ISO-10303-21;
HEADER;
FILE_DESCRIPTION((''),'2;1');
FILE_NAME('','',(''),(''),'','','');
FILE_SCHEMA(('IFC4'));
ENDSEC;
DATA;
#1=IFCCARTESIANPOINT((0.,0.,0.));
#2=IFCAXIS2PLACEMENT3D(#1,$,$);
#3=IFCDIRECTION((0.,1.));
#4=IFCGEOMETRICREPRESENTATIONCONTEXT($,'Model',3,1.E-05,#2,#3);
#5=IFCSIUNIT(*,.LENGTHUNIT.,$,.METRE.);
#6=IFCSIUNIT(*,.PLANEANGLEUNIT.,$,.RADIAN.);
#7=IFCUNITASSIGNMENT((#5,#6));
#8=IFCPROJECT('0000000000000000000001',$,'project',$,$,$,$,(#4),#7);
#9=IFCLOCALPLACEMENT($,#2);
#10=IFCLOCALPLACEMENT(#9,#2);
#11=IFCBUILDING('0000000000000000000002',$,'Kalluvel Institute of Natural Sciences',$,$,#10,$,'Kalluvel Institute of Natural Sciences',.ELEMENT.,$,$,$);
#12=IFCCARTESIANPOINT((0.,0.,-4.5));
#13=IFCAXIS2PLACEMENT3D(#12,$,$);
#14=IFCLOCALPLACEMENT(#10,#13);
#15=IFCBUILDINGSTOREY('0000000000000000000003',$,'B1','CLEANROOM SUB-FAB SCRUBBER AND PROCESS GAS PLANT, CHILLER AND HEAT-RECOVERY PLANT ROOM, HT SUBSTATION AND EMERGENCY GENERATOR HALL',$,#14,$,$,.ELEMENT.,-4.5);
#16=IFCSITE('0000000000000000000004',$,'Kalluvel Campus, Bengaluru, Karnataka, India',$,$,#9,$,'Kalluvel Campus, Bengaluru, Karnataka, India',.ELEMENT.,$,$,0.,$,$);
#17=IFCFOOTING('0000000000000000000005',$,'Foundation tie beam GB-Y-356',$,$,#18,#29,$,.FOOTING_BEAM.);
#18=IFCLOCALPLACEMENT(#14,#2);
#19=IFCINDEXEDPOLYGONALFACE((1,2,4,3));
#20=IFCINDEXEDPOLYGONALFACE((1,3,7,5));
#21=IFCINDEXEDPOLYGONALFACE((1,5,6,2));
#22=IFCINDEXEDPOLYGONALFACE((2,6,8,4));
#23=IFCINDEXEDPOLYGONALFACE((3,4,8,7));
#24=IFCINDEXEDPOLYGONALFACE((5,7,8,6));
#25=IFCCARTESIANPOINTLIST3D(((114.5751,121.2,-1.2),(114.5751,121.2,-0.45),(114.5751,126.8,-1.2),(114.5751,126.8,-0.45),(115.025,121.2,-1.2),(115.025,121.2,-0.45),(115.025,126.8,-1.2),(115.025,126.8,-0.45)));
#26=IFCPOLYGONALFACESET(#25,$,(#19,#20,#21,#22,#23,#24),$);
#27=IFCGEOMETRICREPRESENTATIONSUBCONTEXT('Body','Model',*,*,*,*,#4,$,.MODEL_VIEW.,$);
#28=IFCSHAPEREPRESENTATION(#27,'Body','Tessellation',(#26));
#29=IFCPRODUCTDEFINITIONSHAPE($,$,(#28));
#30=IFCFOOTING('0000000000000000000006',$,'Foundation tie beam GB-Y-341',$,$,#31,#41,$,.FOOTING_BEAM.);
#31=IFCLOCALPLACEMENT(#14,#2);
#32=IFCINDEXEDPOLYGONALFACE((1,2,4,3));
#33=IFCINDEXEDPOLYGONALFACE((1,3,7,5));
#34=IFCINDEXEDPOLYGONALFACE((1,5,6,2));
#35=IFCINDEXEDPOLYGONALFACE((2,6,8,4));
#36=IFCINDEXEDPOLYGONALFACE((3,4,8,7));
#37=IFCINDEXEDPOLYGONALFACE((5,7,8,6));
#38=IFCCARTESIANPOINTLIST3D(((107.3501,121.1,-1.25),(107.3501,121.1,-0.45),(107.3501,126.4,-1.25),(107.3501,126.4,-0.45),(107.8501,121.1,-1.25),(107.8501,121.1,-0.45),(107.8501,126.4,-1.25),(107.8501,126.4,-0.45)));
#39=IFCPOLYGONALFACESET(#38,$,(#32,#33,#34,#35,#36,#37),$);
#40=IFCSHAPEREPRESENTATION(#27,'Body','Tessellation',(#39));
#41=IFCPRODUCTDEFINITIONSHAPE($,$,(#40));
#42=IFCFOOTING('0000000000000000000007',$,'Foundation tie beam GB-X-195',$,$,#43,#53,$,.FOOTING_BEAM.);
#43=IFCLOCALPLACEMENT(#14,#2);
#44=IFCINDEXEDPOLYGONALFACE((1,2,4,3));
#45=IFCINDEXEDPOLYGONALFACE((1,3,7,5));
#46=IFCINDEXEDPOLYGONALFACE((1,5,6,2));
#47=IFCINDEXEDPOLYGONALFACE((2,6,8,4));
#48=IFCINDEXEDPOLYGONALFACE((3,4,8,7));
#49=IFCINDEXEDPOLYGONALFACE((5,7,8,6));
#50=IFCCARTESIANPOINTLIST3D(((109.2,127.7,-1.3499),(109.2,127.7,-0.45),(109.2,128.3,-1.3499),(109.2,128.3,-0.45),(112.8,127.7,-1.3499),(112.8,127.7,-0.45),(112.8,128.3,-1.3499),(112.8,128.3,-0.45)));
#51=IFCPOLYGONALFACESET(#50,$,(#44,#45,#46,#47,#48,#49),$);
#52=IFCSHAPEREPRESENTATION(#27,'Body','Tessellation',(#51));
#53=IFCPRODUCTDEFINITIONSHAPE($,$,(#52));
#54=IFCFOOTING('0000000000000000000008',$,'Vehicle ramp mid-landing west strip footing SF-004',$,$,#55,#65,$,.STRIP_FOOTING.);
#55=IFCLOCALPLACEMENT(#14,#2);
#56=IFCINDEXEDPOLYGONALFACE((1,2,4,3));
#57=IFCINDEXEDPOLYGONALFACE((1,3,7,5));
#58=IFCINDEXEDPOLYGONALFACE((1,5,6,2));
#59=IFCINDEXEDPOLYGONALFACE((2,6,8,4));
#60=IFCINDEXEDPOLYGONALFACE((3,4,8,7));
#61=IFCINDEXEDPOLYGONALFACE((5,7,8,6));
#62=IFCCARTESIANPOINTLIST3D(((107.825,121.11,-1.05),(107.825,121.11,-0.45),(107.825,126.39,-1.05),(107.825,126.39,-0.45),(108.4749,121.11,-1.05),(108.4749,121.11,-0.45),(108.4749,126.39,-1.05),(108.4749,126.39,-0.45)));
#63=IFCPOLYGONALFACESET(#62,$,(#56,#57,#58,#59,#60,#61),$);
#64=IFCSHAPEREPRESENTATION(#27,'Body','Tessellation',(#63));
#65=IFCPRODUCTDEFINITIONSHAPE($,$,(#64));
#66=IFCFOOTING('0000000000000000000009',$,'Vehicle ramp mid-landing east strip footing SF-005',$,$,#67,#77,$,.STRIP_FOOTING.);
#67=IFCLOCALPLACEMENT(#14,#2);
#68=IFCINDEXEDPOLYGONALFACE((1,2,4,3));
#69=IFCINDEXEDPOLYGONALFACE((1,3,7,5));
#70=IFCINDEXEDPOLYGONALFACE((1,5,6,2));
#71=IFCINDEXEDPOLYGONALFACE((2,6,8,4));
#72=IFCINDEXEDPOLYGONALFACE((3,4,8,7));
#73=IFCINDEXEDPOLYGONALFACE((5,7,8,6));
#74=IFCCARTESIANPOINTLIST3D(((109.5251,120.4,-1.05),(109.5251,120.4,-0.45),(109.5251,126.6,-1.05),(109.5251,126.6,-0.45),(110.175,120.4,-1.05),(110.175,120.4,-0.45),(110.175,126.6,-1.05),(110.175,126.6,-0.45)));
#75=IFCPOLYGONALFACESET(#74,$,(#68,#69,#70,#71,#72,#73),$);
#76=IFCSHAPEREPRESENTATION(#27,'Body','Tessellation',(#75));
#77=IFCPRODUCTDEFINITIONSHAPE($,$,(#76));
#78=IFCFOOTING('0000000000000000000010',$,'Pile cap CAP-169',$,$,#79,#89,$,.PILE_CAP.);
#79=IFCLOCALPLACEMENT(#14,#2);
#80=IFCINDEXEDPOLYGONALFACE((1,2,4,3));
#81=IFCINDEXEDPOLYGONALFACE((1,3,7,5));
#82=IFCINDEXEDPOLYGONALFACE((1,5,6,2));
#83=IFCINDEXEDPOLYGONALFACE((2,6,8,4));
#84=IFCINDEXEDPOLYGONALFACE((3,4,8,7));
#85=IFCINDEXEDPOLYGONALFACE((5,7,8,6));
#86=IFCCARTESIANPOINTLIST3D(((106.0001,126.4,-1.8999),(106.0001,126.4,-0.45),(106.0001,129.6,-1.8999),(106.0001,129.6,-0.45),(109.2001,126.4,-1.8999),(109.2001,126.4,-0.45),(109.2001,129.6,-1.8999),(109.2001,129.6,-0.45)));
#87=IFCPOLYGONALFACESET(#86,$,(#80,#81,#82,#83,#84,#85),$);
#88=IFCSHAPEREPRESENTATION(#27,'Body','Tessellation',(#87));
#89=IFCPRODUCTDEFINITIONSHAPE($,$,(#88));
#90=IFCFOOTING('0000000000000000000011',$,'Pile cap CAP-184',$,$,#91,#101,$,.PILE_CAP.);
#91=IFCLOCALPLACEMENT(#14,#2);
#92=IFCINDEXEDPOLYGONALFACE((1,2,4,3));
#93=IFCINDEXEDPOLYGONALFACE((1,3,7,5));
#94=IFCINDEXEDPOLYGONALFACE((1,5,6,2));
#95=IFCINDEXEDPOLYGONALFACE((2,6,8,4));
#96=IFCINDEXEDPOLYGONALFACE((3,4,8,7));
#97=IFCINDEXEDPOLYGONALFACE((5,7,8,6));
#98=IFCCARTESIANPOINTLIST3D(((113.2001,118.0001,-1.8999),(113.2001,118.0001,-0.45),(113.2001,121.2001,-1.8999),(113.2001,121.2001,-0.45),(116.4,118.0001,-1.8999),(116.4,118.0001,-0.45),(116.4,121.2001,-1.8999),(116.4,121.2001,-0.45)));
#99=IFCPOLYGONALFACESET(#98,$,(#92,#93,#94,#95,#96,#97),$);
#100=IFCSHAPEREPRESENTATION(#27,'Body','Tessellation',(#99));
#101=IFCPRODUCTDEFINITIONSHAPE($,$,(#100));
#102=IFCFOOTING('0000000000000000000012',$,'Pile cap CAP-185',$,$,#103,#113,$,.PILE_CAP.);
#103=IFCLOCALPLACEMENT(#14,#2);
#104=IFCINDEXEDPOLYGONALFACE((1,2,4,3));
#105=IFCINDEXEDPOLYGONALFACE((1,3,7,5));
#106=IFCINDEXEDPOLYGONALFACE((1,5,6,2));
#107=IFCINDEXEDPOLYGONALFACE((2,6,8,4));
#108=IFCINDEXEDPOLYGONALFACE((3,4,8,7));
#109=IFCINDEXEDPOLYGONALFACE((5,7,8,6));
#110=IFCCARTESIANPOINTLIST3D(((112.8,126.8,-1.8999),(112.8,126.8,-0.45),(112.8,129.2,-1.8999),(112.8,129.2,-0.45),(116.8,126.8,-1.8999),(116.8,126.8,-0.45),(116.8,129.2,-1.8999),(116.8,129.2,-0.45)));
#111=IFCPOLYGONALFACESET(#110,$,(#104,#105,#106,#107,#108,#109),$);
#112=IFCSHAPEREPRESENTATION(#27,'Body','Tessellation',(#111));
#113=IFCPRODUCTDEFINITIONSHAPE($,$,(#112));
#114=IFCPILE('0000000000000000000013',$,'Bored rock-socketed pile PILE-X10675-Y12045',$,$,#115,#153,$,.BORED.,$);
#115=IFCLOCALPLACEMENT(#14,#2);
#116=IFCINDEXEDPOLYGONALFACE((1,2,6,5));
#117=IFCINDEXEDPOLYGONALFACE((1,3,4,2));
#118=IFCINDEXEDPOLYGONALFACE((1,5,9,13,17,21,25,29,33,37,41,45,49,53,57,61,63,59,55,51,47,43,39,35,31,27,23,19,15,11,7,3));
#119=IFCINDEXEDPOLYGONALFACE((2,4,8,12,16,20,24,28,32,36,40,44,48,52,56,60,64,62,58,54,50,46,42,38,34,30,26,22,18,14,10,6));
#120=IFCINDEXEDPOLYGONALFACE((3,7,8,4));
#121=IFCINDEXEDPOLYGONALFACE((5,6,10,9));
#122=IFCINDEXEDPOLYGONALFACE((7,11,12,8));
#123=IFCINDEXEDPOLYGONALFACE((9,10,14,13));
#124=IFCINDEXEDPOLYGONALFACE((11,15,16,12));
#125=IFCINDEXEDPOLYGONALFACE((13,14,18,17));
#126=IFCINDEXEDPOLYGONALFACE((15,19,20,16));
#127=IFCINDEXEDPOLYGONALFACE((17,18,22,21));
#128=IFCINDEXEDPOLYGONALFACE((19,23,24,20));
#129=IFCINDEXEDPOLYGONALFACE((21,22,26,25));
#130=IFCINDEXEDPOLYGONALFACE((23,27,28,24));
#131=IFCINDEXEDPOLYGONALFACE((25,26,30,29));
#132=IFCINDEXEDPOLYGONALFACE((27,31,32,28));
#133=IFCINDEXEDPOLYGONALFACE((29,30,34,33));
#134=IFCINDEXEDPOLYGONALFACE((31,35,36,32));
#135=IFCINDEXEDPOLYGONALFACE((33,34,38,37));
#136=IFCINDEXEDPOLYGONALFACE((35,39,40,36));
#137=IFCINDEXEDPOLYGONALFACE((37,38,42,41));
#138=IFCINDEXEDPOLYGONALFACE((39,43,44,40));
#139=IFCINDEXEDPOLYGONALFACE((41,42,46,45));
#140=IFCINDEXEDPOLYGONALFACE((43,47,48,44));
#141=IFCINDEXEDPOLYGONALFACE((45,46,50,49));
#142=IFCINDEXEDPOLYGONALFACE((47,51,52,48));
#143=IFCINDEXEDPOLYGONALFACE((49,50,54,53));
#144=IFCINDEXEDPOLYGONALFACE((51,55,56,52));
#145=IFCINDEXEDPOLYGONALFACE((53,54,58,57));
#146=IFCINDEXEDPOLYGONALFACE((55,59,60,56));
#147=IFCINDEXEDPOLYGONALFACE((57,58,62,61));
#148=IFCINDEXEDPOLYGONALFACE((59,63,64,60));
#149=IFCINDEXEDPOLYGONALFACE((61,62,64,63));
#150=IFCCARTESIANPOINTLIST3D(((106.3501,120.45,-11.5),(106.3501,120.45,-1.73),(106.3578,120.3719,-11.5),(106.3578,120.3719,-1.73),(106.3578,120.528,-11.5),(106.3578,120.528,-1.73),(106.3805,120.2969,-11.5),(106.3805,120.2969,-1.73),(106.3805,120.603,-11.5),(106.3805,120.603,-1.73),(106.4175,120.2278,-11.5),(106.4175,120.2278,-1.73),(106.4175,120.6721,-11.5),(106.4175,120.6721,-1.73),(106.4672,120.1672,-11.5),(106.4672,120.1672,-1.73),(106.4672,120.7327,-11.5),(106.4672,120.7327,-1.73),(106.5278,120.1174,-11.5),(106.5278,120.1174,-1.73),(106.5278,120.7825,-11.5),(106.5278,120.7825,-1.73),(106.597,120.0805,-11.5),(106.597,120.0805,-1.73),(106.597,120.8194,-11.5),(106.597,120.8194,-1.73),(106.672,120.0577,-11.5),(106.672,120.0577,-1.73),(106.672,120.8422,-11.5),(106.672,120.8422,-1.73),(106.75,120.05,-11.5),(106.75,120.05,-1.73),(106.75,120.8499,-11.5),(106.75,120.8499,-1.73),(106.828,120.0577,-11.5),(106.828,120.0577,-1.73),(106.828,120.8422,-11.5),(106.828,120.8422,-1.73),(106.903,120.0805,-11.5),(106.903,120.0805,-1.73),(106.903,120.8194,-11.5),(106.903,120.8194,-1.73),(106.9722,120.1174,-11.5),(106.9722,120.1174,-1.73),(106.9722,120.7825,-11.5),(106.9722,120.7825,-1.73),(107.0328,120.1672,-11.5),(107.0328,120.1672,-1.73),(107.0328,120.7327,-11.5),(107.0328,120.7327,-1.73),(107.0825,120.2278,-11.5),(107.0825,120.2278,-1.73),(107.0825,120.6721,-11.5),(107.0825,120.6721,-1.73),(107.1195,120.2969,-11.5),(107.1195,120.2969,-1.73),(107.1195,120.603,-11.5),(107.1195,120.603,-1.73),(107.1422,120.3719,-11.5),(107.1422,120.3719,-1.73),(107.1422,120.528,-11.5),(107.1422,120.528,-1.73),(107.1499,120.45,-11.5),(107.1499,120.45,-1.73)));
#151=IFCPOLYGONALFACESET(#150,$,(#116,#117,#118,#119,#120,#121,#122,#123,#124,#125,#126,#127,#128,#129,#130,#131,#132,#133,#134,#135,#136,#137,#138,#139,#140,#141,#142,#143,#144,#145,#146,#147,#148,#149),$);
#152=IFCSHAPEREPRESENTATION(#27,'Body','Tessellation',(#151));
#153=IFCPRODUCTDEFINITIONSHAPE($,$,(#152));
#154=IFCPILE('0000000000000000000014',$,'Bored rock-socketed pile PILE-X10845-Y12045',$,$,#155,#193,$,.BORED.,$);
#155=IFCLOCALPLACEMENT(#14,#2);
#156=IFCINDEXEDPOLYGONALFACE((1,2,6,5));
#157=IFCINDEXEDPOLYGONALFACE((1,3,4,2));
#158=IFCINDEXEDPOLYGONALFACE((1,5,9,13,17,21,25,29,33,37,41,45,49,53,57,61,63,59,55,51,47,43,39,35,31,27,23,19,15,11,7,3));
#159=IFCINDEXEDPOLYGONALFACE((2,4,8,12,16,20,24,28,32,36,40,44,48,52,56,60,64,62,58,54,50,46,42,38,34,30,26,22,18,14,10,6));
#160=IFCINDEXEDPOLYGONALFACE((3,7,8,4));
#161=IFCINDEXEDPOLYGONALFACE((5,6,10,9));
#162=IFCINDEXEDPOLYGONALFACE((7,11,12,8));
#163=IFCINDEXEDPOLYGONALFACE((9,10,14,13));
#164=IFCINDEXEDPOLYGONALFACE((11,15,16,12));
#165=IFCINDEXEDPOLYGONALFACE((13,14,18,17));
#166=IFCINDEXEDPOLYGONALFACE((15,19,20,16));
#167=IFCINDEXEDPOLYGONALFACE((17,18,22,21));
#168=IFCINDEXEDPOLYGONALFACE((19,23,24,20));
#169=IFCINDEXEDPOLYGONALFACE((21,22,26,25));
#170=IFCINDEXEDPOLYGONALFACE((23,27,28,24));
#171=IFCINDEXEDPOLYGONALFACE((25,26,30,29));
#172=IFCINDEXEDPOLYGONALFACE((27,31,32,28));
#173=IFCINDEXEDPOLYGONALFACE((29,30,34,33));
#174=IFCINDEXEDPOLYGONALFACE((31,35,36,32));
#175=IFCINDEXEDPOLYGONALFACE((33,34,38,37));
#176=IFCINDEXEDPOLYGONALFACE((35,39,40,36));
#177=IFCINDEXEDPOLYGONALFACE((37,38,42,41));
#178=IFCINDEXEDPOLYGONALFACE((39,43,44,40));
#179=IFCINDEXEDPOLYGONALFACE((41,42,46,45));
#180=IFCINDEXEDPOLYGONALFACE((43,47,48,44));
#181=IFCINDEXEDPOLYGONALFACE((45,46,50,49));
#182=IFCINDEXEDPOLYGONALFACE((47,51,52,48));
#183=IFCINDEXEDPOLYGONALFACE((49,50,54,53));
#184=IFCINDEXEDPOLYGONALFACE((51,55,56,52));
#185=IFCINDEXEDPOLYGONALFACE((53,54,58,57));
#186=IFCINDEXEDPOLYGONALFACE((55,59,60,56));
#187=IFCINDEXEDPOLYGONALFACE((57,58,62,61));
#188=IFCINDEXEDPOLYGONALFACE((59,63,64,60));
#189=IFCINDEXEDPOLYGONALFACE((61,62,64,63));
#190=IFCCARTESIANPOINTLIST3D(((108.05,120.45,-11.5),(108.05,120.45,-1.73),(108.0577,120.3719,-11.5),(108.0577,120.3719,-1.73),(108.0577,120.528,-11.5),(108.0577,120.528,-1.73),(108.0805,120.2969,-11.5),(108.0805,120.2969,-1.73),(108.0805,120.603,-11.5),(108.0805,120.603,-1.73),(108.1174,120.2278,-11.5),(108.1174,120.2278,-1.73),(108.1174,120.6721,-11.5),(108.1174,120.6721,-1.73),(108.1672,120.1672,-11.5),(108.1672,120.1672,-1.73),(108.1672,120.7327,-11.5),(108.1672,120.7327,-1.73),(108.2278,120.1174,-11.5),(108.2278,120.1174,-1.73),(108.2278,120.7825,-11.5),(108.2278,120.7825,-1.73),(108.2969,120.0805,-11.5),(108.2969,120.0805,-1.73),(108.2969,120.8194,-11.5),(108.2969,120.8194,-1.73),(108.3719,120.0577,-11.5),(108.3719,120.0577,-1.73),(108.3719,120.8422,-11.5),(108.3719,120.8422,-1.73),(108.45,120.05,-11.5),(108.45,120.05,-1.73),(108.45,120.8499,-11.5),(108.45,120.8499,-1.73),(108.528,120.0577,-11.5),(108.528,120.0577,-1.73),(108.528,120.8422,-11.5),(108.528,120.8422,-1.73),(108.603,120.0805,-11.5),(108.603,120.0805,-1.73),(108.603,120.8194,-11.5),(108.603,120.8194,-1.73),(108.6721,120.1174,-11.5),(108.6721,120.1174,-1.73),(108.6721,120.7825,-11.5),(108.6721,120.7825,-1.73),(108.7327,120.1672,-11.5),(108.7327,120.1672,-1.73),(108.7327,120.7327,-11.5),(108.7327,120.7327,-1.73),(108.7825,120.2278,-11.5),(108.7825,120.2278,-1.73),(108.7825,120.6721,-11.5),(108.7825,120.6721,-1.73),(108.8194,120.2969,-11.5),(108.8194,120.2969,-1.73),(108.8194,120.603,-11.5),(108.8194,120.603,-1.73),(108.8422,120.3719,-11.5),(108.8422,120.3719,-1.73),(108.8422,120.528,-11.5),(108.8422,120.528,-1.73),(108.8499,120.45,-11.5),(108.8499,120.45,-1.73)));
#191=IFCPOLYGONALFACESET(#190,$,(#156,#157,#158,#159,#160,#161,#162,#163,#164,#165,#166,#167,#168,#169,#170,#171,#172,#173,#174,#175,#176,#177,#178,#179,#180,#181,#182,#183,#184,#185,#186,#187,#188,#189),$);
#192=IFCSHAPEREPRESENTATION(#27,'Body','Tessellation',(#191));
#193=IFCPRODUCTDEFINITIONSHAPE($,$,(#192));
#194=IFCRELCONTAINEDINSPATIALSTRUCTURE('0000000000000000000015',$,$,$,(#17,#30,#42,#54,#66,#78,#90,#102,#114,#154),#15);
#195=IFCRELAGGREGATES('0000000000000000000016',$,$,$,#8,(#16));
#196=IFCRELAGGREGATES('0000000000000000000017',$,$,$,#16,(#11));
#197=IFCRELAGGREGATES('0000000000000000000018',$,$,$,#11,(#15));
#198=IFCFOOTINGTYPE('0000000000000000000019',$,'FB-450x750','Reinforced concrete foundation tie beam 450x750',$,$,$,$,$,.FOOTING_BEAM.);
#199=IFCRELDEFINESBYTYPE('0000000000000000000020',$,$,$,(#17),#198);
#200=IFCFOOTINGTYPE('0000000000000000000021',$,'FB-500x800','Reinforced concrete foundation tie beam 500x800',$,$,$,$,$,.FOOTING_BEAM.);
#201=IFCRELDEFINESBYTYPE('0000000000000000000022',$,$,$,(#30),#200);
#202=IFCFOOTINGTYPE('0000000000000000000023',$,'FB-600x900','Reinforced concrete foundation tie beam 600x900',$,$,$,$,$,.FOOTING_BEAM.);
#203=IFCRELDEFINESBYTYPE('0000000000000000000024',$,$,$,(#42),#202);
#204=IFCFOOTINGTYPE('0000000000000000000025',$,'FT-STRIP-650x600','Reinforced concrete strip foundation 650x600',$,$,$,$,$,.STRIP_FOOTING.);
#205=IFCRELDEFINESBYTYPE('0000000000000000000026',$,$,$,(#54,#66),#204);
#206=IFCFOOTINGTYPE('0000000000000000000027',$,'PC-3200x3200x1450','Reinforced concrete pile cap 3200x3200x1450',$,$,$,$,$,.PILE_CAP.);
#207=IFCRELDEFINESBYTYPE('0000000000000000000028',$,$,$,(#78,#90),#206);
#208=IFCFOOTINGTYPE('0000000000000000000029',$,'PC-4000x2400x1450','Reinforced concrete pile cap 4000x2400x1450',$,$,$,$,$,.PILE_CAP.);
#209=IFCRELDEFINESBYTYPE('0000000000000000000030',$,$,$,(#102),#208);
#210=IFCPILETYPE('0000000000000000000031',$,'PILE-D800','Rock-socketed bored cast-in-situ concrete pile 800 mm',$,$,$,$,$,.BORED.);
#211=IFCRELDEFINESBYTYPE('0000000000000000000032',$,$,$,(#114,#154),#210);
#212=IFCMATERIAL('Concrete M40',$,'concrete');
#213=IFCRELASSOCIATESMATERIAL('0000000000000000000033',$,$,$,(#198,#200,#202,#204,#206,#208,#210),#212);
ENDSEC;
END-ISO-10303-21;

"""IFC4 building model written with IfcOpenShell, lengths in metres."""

from ifc_helpers import new_model, si_unit, direction, frame, origin, origin_2d, place, context, subcontext, project, spatial, rectangle, circle, extrude, material, material_profile, profile_set, type_object, element, save


model = new_model("IFC4")

# Units and contexts
model_context = context("Model", 3, precision=1e-05, world=origin(), true_north=direction((0.0, 1.0)))
body_context = subcontext(model_context, "Body", "Model", "MODEL_VIEW")
ifc_project = project(units=[si_unit("LENGTHUNIT", "METRE"), si_unit("PLANEANGLEUNIT", "RADIAN")], contexts=[model_context])

# Site, building, storey
site_placement = place(None, origin())
site = spatial("IfcSite", under=ifc_project, at=site_placement, Name="Kalluvel Campus, Bengaluru, Karnataka, India", LongName="Kalluvel Campus, Bengaluru, Karnataka, India", CompositionType="ELEMENT", RefElevation=0.0)
building_placement = place(site_placement, origin())
building = spatial("IfcBuilding", under=site, at=building_placement, Name="Kalluvel Institute of Natural Sciences", LongName="Kalluvel Institute of Natural Sciences", CompositionType="ELEMENT")
storey_placement = place(building_placement, frame((0.0, 0.0, -4.5)))
storey = spatial("IfcBuildingStorey", under=building, at=storey_placement, Name="B1", Description="CLEANROOM SUB-FAB SCRUBBER AND PROCESS GAS PLANT, CHILLER AND HEAT-RECOVERY PLANT ROOM, HT SUBSTATION AND EMERGENCY GENERATOR HALL", CompositionType="ELEMENT", Elevation=-4.5)

# Footings
ifc_material_1 = material(Name="Concrete M40", Category="concrete")
footing_type_1 = type_object("IfcFootingType", Name="FB-450x750", Description="Reinforced concrete foundation tie beam 450x750", PredefinedType="FOOTING_BEAM", material=ifc_material_1)
footing_1_placement = place(storey_placement, frame((114.8, 124.0, -1.2), z_axis=(0.0, 0.0, 1.0), x_axis=(1.0, 0.0, 0.0)))
element("IfcFooting", 1, at=footing_1_placement, inside=storey, type_object=footing_type_1, Name="Foundation tie beam GB-Y-356", PredefinedType="FOOTING_BEAM", context=body_context, shape_type="SweptSolid", body=[
    extrude(rectangle(XDim=0.45, YDim=5.6001, at=origin_2d()), origin(), (0.0, 0.0, 1.0), 0.75),
])
footing_type_2 = type_object("IfcFootingType", Name="FB-500x800", Description="Reinforced concrete foundation tie beam 500x800", PredefinedType="FOOTING_BEAM", material=ifc_material_1)
footing_2_placement = place(storey_placement, frame((107.6001, 123.75, -1.25), z_axis=(0.0, 0.0, 1.0), x_axis=(1.0, 0.0, 0.0)))
element("IfcFooting", 2, at=footing_2_placement, inside=storey, type_object=footing_type_2, Name="Foundation tie beam GB-Y-341", PredefinedType="FOOTING_BEAM", context=body_context, shape_type="SweptSolid", body=[
    extrude(rectangle(XDim=0.5, YDim=5.3, at=origin_2d()), origin(), (0.0, 0.0, 1.0), 0.8),
])
footing_type_3 = type_object("IfcFootingType", Name="FB-600x900", Description="Reinforced concrete foundation tie beam 600x900", PredefinedType="FOOTING_BEAM", material=ifc_material_1)
footing_3_placement = place(storey_placement, frame((111.0, 128.0, -1.3499), z_axis=(0.0, 0.0, 1.0), x_axis=(1.0, 0.0, 0.0)))
element("IfcFooting", 3, at=footing_3_placement, inside=storey, type_object=footing_type_3, Name="Foundation tie beam GB-X-195", PredefinedType="FOOTING_BEAM", context=body_context, shape_type="SweptSolid", body=[
    extrude(rectangle(XDim=3.6001, YDim=0.6001, at=origin_2d()), origin(), (0.0, 0.0, 1.0), 0.8999),
])
footing_type_4 = type_object("IfcFootingType", Name="FT-STRIP-650x600", Description="Reinforced concrete strip foundation 650x600", PredefinedType="STRIP_FOOTING", material=ifc_material_1)
footing_4_placement = place(storey_placement, frame((108.1499, 123.75, -1.05), z_axis=(0.0, 0.0, 1.0), x_axis=(1.0, 0.0, 0.0)))
element("IfcFooting", 4, at=footing_4_placement, inside=storey, type_object=footing_type_4, Name="Vehicle ramp mid-landing west strip footing SF-004", PredefinedType="STRIP_FOOTING", context=body_context, shape_type="SweptSolid", body=[
    extrude(rectangle(XDim=0.6499, YDim=5.28, at=origin_2d()), origin(), (0.0, 0.0, 1.0), 0.6001),
])
footing_5_placement = place(storey_placement, frame((109.8501, 123.5, -1.05), z_axis=(0.0, 0.0, 1.0), x_axis=(1.0, 0.0, 0.0)))
element("IfcFooting", 5, at=footing_5_placement, inside=storey, type_object=footing_type_4, Name="Vehicle ramp mid-landing east strip footing SF-005", PredefinedType="STRIP_FOOTING", context=body_context, shape_type="SweptSolid", body=[
    extrude(rectangle(XDim=0.6499, YDim=6.2, at=origin_2d()), origin(), (0.0, 0.0, 1.0), 0.6001),
])
footing_type_5 = type_object("IfcFootingType", Name="PC-3200x3200x1450", Description="Reinforced concrete pile cap 3200x3200x1450", PredefinedType="PILE_CAP", material=ifc_material_1)
for number, where, z_axis, x_axis, name in (
    (6, (107.6001, 128.0, -1.8999), (0.0, 0.0, 1.0), (1.0, 0.0, 0.0), "Pile cap CAP-169"),
    (7, (114.8, 119.6001, -1.8999), (0.0, 0.0, 1.0), (1.0, 0.0, 0.0), "Pile cap CAP-184"),
):
    element("IfcFooting", number, at=place(storey_placement, frame(where, z_axis=z_axis, x_axis=x_axis)), inside=storey, type_object=footing_type_5, Name=name, PredefinedType="PILE_CAP", context=body_context, shape_type="SweptSolid", body=[
        extrude(rectangle(XDim=3.2, YDim=3.2, at=origin_2d()), origin(), (0.0, 0.0, 1.0), 1.45),
    ])
footing_type_6 = type_object("IfcFootingType", Name="PC-4000x2400x1450", Description="Reinforced concrete pile cap 4000x2400x1450", PredefinedType="PILE_CAP", material=ifc_material_1)
footing_6_placement = place(storey_placement, frame((114.8, 128.0, -1.8999), z_axis=(0.0, 0.0, 1.0), x_axis=(1.0, 0.0, 0.0)))
element("IfcFooting", 8, at=footing_6_placement, inside=storey, type_object=footing_type_6, Name="Pile cap CAP-185", PredefinedType="PILE_CAP", context=body_context, shape_type="SweptSolid", body=[
    extrude(rectangle(XDim=4.0, YDim=2.3999, at=origin_2d()), origin(), (0.0, 0.0, 1.0), 1.45),
])

# Piles
ifc_material_profile_1 = material_profile(ifc_material_1, circle(Radius=0.3999, at=origin_2d()), Name="PILE D800")
ifc_profile_set_1 = profile_set([ifc_material_profile_1], Name="Concrete M40")
pile_type_1 = type_object("IfcPileType", Name="PILE-D800", Description="Rock-socketed bored cast-in-situ concrete pile 800 mm", PredefinedType="BORED", material=ifc_profile_set_1)
for number, where, z_axis, x_axis, name in (
    (9, (106.75, 120.45, -1.73), (0.0, 0.0, -1.0), (1.0, 0.0, 0.0), "Bored rock-socketed pile PILE-X10675-Y12045"),
    (10, (108.45, 120.45, -1.73), (0.0, 0.0, -1.0), (1.0, 0.0, 0.0), "Bored rock-socketed pile PILE-X10845-Y12045"),
):
    element("IfcPile", number, at=place(storey_placement, frame(where, z_axis=z_axis, x_axis=x_axis)), inside=storey, type_object=pile_type_1, Name=name, PredefinedType="BORED", context=body_context, shape_type="SweptSolid", body=[
        extrude(circle(Radius=0.3999, at=origin_2d()), origin(), (0.0, 0.0, 1.0), 9.77),
    ])

save(model, "model.ifc")
